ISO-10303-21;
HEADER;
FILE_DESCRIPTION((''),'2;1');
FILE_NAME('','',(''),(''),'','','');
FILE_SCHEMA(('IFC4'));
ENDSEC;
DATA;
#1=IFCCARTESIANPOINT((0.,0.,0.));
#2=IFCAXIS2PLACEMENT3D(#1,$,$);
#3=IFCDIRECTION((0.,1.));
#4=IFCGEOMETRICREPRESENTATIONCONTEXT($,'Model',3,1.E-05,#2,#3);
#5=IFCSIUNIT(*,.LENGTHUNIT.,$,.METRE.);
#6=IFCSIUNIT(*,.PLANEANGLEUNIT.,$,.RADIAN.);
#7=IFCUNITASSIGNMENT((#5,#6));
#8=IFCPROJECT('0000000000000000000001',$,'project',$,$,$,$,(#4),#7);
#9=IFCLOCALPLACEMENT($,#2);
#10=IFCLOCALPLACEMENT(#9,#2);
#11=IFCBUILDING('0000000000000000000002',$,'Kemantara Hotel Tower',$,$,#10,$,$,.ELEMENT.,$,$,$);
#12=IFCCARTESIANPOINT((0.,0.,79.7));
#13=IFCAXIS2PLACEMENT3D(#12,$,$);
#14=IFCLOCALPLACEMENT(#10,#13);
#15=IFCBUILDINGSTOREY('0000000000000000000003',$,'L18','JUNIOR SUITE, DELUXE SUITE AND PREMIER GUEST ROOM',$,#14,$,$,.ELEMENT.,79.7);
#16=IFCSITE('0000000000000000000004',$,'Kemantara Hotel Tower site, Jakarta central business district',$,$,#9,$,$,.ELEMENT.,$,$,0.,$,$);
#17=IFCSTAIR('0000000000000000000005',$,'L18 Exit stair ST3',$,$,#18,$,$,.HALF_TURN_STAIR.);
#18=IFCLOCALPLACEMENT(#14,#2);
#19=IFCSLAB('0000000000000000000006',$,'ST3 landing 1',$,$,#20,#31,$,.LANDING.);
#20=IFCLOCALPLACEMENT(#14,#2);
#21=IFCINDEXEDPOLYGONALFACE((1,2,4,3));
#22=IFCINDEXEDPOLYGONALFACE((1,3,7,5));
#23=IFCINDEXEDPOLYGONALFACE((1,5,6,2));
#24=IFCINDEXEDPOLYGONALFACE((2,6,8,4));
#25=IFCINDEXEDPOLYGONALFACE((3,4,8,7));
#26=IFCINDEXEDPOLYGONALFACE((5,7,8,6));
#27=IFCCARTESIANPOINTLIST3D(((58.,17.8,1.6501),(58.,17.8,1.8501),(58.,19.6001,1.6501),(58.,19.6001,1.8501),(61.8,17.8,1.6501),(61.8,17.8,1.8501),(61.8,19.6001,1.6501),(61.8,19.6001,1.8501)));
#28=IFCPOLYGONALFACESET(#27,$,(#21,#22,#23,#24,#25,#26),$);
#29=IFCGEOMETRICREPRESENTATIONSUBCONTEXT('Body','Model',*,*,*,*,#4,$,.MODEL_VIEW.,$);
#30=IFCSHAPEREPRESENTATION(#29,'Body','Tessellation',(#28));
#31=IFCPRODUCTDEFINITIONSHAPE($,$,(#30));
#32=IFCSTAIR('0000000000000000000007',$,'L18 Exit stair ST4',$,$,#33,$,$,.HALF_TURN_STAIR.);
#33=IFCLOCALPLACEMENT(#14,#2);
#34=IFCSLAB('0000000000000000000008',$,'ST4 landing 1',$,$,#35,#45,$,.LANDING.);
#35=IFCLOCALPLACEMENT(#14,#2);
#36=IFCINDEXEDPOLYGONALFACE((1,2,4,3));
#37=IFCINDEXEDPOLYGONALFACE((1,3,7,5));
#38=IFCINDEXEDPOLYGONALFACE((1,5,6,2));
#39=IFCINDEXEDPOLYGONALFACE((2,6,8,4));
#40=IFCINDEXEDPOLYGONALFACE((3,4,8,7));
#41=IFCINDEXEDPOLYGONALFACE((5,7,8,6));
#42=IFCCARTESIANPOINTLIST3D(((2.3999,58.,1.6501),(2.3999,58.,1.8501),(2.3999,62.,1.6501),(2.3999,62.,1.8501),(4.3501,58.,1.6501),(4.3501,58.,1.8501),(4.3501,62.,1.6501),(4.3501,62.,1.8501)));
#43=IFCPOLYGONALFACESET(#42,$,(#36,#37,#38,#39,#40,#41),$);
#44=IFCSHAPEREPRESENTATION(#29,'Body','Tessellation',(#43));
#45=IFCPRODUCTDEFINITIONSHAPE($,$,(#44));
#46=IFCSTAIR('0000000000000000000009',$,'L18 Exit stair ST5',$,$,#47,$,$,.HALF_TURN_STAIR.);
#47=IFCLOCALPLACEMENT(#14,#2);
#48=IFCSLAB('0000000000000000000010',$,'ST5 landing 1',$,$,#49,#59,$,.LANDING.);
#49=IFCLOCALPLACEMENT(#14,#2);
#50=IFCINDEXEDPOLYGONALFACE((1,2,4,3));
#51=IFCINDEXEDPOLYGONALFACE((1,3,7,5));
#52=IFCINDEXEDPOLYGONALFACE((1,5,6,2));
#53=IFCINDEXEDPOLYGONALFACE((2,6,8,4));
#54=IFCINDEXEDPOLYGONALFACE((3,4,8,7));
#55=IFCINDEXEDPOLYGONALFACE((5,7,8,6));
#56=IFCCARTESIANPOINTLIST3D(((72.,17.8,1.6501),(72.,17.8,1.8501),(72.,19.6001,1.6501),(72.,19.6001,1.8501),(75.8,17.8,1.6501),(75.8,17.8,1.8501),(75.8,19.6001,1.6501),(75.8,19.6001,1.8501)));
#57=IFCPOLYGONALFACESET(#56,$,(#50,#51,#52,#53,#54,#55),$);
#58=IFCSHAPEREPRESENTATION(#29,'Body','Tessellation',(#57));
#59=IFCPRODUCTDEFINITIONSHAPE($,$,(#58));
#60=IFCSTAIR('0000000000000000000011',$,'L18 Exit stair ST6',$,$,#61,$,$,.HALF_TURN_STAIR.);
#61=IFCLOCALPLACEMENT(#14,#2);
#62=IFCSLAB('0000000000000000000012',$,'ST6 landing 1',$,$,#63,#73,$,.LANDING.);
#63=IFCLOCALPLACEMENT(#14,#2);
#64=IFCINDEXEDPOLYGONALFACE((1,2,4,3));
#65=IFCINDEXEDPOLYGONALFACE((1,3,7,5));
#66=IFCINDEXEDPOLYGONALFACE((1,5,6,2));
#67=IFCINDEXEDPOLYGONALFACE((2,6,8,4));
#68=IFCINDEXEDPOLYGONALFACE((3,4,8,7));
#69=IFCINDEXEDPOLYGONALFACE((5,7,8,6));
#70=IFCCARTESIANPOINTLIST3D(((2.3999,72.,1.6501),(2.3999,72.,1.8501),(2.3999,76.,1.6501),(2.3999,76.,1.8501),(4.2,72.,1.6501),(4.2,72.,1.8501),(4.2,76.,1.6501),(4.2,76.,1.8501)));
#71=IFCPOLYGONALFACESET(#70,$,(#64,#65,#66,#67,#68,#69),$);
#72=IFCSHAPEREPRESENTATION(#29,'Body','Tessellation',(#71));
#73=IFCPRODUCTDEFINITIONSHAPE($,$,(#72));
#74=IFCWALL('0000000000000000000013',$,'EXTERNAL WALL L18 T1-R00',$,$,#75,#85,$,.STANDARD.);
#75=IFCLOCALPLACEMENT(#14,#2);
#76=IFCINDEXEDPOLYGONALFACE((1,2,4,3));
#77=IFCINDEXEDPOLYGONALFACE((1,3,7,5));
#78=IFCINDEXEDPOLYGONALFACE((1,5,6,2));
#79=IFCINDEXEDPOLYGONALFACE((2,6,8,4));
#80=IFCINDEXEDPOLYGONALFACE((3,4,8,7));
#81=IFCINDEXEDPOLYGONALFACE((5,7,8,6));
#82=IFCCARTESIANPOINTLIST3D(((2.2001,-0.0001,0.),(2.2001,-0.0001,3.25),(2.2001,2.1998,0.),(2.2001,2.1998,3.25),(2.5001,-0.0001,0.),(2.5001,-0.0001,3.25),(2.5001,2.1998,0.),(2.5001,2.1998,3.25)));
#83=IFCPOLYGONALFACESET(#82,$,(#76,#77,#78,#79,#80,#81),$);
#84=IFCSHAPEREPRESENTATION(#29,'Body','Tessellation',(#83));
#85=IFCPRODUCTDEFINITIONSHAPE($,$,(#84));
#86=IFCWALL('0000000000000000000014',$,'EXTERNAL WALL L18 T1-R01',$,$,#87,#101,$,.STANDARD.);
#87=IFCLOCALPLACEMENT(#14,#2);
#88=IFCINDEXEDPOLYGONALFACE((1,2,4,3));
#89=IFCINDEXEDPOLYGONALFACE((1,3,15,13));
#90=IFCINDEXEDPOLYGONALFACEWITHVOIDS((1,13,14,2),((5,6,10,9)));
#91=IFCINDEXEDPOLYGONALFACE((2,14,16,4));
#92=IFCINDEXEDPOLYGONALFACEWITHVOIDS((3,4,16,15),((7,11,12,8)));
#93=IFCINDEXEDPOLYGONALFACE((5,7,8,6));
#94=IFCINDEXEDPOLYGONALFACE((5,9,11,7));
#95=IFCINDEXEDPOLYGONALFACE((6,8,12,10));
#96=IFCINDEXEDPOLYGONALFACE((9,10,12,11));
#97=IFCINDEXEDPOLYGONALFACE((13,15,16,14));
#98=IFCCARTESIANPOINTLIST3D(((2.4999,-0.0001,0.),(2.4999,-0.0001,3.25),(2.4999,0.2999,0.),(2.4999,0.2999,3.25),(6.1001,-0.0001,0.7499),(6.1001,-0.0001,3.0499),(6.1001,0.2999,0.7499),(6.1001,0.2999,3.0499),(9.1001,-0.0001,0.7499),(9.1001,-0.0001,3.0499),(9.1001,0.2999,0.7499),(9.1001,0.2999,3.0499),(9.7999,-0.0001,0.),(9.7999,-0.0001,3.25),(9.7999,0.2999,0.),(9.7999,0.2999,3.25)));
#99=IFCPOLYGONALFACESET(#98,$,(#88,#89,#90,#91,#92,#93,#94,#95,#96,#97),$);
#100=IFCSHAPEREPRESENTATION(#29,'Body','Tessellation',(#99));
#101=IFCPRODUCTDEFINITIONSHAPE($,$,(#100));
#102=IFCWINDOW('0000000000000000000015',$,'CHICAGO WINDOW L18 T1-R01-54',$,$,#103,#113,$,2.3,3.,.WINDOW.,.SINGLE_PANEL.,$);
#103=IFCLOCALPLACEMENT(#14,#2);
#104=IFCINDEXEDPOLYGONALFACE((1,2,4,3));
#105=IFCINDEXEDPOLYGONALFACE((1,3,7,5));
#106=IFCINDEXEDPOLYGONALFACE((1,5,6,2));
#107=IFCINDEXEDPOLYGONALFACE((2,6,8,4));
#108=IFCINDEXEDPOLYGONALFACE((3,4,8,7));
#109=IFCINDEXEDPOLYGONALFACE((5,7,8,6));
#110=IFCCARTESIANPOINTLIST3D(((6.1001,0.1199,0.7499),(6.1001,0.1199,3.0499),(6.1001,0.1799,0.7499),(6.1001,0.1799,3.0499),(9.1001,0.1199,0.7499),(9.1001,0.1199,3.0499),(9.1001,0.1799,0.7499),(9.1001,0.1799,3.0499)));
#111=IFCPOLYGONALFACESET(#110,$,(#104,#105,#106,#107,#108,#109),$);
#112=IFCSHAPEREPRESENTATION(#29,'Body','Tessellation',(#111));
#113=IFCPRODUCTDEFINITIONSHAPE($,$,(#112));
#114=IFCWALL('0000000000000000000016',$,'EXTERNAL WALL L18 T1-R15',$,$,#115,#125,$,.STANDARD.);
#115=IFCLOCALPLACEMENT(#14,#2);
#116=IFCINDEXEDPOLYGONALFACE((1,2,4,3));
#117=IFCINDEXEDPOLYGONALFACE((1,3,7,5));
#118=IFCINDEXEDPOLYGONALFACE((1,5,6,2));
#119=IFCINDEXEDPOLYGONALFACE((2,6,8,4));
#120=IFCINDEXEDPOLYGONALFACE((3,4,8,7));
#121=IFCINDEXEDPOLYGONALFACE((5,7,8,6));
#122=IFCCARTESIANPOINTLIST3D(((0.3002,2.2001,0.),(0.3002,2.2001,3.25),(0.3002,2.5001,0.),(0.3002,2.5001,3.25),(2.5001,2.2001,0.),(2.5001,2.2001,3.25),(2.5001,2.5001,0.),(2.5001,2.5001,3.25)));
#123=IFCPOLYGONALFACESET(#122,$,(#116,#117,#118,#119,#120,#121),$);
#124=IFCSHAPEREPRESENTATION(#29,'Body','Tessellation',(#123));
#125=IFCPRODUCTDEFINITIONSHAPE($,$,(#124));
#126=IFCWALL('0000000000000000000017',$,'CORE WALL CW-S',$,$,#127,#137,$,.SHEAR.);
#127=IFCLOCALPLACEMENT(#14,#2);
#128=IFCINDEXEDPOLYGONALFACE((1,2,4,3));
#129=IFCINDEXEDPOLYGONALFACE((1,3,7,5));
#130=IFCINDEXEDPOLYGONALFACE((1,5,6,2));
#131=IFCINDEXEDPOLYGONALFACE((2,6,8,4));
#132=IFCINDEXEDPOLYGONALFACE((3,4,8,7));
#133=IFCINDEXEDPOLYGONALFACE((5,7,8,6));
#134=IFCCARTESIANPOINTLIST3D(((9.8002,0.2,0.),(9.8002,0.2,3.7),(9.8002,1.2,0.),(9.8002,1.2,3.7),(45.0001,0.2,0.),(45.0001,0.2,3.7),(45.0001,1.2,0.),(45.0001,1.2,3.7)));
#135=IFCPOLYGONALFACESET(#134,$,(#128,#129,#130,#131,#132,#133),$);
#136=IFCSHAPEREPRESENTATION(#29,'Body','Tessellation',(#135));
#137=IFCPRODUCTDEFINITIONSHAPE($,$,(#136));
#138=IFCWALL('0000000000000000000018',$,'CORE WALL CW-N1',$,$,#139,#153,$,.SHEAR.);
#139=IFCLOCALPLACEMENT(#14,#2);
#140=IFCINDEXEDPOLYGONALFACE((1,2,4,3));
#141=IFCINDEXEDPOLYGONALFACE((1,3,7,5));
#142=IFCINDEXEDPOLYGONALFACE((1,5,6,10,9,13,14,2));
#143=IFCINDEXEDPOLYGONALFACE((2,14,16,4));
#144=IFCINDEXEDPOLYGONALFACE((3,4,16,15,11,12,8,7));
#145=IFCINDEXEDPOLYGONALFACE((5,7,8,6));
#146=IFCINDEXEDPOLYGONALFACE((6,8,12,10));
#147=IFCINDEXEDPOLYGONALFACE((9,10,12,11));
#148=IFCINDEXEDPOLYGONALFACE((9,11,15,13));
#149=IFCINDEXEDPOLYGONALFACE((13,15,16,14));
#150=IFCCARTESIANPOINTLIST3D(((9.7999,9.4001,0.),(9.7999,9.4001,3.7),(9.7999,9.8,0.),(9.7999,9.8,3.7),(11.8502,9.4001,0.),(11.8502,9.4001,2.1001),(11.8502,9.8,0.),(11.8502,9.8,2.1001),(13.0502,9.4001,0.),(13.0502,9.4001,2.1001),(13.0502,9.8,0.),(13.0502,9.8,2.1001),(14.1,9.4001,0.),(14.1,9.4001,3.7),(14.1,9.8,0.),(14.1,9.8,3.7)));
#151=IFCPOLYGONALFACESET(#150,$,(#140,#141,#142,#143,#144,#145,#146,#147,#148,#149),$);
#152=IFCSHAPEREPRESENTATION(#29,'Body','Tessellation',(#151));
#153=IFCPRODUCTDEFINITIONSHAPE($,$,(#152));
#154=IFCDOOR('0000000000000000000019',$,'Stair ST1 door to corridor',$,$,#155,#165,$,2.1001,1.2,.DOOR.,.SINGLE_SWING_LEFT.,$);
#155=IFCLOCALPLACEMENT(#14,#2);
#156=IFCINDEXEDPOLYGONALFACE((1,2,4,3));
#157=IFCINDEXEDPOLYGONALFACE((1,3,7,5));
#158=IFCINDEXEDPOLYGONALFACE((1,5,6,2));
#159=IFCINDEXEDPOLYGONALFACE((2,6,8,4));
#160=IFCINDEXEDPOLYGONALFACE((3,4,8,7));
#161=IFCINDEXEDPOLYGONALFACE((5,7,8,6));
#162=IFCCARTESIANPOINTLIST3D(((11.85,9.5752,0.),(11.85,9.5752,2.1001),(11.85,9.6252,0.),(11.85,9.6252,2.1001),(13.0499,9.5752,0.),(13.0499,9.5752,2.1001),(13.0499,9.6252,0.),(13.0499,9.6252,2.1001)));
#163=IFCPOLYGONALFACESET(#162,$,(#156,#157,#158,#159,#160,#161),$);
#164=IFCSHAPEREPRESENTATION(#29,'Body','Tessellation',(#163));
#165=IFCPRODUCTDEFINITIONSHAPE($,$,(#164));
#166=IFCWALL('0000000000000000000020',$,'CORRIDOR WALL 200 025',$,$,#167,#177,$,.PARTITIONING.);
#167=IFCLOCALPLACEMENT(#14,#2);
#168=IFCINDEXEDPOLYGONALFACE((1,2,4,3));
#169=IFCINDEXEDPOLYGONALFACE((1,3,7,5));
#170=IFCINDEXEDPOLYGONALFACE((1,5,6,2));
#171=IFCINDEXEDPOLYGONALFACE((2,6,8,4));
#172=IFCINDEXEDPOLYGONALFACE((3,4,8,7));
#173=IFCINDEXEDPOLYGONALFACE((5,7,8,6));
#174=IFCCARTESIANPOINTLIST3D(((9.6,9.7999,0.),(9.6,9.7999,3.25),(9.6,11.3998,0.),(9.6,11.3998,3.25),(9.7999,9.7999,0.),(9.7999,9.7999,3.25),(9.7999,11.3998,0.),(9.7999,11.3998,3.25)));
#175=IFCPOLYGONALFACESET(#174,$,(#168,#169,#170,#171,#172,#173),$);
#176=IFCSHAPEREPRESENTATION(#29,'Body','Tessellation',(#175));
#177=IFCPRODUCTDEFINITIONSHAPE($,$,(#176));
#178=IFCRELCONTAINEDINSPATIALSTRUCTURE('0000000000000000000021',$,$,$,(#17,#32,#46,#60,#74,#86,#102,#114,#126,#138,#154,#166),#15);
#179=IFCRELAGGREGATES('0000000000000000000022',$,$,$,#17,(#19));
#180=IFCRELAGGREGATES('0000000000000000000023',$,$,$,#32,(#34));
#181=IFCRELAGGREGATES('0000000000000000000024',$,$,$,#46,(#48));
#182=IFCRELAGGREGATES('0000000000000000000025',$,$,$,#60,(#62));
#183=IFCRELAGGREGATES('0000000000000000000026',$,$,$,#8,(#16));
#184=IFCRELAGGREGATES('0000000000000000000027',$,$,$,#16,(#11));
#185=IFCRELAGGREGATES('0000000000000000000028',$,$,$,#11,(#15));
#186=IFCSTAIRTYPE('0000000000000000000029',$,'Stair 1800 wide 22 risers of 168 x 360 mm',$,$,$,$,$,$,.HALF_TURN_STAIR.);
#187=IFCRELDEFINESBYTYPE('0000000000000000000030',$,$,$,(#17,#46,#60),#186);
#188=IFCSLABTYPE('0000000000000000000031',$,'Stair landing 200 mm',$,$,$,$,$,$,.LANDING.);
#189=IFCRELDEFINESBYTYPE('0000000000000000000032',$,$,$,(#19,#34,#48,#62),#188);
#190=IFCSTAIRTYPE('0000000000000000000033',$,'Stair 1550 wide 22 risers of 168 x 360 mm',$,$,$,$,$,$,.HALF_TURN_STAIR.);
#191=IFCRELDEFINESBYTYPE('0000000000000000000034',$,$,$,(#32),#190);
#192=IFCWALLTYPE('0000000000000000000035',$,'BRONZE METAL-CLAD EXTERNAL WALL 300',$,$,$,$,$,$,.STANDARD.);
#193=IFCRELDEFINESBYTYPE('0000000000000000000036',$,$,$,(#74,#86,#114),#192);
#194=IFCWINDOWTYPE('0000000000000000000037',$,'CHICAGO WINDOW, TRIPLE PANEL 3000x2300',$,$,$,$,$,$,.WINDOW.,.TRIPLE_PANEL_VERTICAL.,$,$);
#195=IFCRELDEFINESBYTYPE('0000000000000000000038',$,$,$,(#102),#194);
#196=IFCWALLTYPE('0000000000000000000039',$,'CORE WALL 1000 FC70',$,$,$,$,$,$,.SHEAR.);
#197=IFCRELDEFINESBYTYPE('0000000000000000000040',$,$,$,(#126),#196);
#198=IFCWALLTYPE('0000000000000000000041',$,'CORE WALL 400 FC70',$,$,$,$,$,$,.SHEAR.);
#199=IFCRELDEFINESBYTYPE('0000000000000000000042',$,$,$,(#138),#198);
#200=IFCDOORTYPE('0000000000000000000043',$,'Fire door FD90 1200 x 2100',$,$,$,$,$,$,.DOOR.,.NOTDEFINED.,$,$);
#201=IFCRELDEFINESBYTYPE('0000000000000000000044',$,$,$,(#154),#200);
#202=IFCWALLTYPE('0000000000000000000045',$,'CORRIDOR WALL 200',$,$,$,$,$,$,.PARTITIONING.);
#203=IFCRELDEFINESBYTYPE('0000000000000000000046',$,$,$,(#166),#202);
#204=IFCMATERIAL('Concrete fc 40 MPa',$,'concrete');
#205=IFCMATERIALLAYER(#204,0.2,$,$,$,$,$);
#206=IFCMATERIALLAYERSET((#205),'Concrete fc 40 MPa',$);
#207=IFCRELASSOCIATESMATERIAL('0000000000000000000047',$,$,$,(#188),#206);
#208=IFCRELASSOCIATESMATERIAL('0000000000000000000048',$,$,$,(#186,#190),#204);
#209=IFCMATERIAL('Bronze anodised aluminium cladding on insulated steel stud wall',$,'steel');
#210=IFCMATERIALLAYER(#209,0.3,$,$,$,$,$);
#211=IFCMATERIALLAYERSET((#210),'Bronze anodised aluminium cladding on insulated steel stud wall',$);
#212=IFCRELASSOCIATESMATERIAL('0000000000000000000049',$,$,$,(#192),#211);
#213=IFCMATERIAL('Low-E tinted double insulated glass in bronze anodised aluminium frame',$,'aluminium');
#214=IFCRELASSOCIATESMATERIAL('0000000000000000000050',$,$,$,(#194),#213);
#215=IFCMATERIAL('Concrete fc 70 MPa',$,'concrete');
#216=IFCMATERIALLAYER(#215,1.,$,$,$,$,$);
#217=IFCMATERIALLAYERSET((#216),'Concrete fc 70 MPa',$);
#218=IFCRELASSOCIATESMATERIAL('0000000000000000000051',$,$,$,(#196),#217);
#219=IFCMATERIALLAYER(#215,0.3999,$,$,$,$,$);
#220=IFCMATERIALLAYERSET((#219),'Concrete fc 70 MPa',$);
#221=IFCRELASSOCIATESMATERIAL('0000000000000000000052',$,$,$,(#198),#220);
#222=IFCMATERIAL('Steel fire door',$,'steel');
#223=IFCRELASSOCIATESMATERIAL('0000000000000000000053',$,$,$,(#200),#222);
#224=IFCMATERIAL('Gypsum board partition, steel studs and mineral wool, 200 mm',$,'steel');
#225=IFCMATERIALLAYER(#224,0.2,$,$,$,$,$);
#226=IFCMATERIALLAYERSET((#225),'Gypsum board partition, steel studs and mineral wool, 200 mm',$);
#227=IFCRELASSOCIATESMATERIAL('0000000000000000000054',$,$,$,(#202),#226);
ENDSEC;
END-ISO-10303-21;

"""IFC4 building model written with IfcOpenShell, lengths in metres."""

from ifc_helpers import new_model, si_unit, direction, frame, frame_2d, origin, place, context, subcontext, project, spatial, polyline, rectangle, outline, extrude, material, layer, layer_set, type_object, element, fill, aggregate, save


model = new_model("IFC4")

# Units and contexts
model_context = context("Model", 3, precision=1e-05, world=origin(), true_north=direction((0.0, 1.0)))
body_context = subcontext(model_context, "Body", "Model", "MODEL_VIEW")
ifc_project = project(units=[si_unit("LENGTHUNIT", "METRE"), si_unit("PLANEANGLEUNIT", "RADIAN")], contexts=[model_context])

# Site, building, storey
site_placement = place(None, origin())
site = spatial("IfcSite", under=ifc_project, at=site_placement, Name="Kemantara Hotel Tower site, Jakarta central business district", CompositionType="ELEMENT", RefElevation=0.0)
building_placement = place(site_placement, origin())
building = spatial("IfcBuilding", under=site, at=building_placement, Name="Kemantara Hotel Tower", CompositionType="ELEMENT")
storey_placement = place(building_placement, frame((0.0, 0.0, 79.7)))
storey = spatial("IfcBuildingStorey", under=building, at=storey_placement, Name="L18", Description="JUNIOR SUITE, DELUXE SUITE AND PREMIER GUEST ROOM", CompositionType="ELEMENT", Elevation=79.7)

# Shared definitions
ifc_material_1 = material(Name="Concrete fc 70 MPa", Category="concrete")

# Shared definitions
ifc_material_2 = material(Name="Concrete fc 40 MPa", Category="concrete")

# Stairs, slabs
ifc_layer_1 = layer(ifc_material_2, 0.2)
ifc_layer_set_1 = layer_set([ifc_layer_1], Name="Concrete fc 40 MPa")
slab_type_1 = type_object("IfcSlabType", Name="Stair landing 200 mm", PredefinedType="LANDING", material=ifc_layer_set_1)
stair_type_1 = type_object("IfcStairType", Name="Stair 1800 wide 22 risers of 168 x 360 mm", PredefinedType="HALF_TURN_STAIR", material=ifc_material_2)
stair_1_placement = place(storey_placement, origin())
stair_1 = element("IfcStair", 1, at=stair_1_placement, inside=storey, type_object=stair_type_1, Name="L18 Exit stair ST3", PredefinedType="HALF_TURN_STAIR")
slab_1_placement = place(storey_placement, frame((0.0, 0.0, 1.6501)))
slab_1 = element("IfcSlab", 2, at=slab_1_placement, type_object=slab_type_1, Name="ST3 landing 1", PredefinedType="LANDING", context=body_context, shape_type="SweptSolid", body=[
    extrude(outline(polyline([(61.8, 17.8), (61.8, 19.6001), (58.0, 19.6001), (58.0, 17.8), (61.8, 17.8)])), origin(), (0.0, 0.0, 1.0), 0.2),
])
aggregate(stair_1, [slab_1])
stair_type_2 = type_object("IfcStairType", Name="Stair 1550 wide 22 risers of 168 x 360 mm", PredefinedType="HALF_TURN_STAIR", material=ifc_material_2)
stair_2_placement = place(storey_placement, origin())
stair_2 = element("IfcStair", 3, at=stair_2_placement, inside=storey, type_object=stair_type_2, Name="L18 Exit stair ST4", PredefinedType="HALF_TURN_STAIR")
slab_2_placement = place(storey_placement, frame((0.0, 0.0, 1.6501)))
slab_2 = element("IfcSlab", 4, at=slab_2_placement, type_object=slab_type_1, Name="ST4 landing 1", PredefinedType="LANDING", context=body_context, shape_type="SweptSolid", body=[
    extrude(outline(polyline([(4.3501, 62.0), (2.3999, 62.0), (2.3999, 58.0), (4.3501, 58.0), (4.3501, 62.0)])), origin(), (0.0, 0.0, 1.0), 0.2),
])
aggregate(stair_2, [slab_2])
stair_3_placement = place(storey_placement, origin())
stair_3 = element("IfcStair", 5, at=stair_3_placement, inside=storey, type_object=stair_type_1, Name="L18 Exit stair ST5", PredefinedType="HALF_TURN_STAIR")
slab_3_placement = place(storey_placement, frame((0.0, 0.0, 1.6501)))
slab_3 = element("IfcSlab", 6, at=slab_3_placement, type_object=slab_type_1, Name="ST5 landing 1", PredefinedType="LANDING", context=body_context, shape_type="SweptSolid", body=[
    extrude(outline(polyline([(75.8, 17.8), (75.8, 19.6001), (72.0, 19.6001), (72.0, 17.8), (75.8, 17.8)])), origin(), (0.0, 0.0, 1.0), 0.2),
])
aggregate(stair_3, [slab_3])
stair_4_placement = place(storey_placement, origin())
stair_4 = element("IfcStair", 7, at=stair_4_placement, inside=storey, type_object=stair_type_1, Name="L18 Exit stair ST6", PredefinedType="HALF_TURN_STAIR")
slab_4_placement = place(storey_placement, frame((0.0, 0.0, 1.6501)))
slab_4 = element("IfcSlab", 8, at=slab_4_placement, type_object=slab_type_1, Name="ST6 landing 1", PredefinedType="LANDING", context=body_context, shape_type="SweptSolid", body=[
    extrude(outline(polyline([(4.2, 76.0), (2.3999, 76.0), (2.3999, 72.0), (4.2, 72.0), (4.2, 76.0)])), origin(), (0.0, 0.0, 1.0), 0.2),
])
aggregate(stair_4, [slab_4])

# Wall
ifc_material_3 = material(Name="Bronze anodised aluminium cladding on insulated steel stud wall", Category="steel")
ifc_layer_2 = layer(ifc_material_3, 0.3)
ifc_layer_set_2 = layer_set([ifc_layer_2], Name="Bronze anodised aluminium cladding on insulated steel stud wall")
wall_type_1 = type_object("IfcWallType", Name="BRONZE METAL-CLAD EXTERNAL WALL 300", PredefinedType="STANDARD", material=ifc_layer_set_2)
wall_1_placement = place(storey_placement, frame((2.3501, 2.2, 0.0), z_axis=(0.0, 0.0, 1.0), x_axis=(0.0, -1.0, 0.0)))
element("IfcWall", 9, at=wall_1_placement, inside=storey, type_object=wall_type_1, Name="EXTERNAL WALL L18 T1-R00", PredefinedType="STANDARD", context=body_context, shape_type="SweptSolid", body=[
    extrude(rectangle(XDim=2.2, YDim=0.3, at=frame_2d((1.1001, 0.0))), origin(), (0.0, 0.0, 1.0), 3.25),
])

# Wall, opening, window
wall_2_placement = place(storey_placement, frame((2.5, 0.1499, 0.0), z_axis=(0.0, 0.0, 1.0), x_axis=(1.0, 0.0, 0.0)))
wall_2 = element("IfcWall", 10, at=wall_2_placement, inside=storey, type_object=wall_type_1, Name="EXTERNAL WALL L18 T1-R01", PredefinedType="STANDARD", context=body_context, shape_type="SweptSolid", body=[
    extrude(rectangle(XDim=7.3, YDim=0.3, at=frame_2d((3.6499, 0.0))), origin(), (0.0, 0.0, 1.0), 3.25),
])
opening_1_placement = place(wall_2_placement, frame((3.6001, 0.0, 0.75)))
opening_1 = element("IfcOpeningElement", 11, at=opening_1_placement, cuts=wall_2, PredefinedType="OPENING", context=body_context, shape_type="SweptSolid", body=[
    extrude(rectangle(XDim=3.0, YDim=2.3, at=frame_2d((1.5, 1.1499))), frame((0.0, 0.1599, 0.0), z_axis=(0.0, -1.0, 0.0), x_axis=(1.0, 0.0, 0.0)), (0.0, 0.0, 1.0), 0.3201),
])
ifc_material_4 = material(Name="Low-E tinted double insulated glass in bronze anodised aluminium frame", Category="aluminium")
window_type = type_object("IfcWindowType", Name="CHICAGO WINDOW, TRIPLE PANEL 3000x2300", PartitioningType="TRIPLE_PANEL_VERTICAL", PredefinedType="WINDOW", material=ifc_material_4)
window_placement = place(opening_1_placement, origin())
window = element("IfcWindow", 12, at=window_placement, inside=storey, type_object=window_type, Name="CHICAGO WINDOW L18 T1-R01-54", OverallHeight=2.3, OverallWidth=3.0, PartitioningType="SINGLE_PANEL", PredefinedType="WINDOW", context=body_context, shape_type="SweptSolid", body=[
    extrude(rectangle(XDim=3.0, YDim=2.3, at=frame_2d((1.5, 1.1499))), frame((0.0, 0.03, 0.0), z_axis=(0.0, -1.0, 0.0), x_axis=(1.0, 0.0, 0.0)), (0.0, 0.0, 1.0), 0.0601),
])
fill(opening_1, window)

# Walls
wall_3_placement = place(storey_placement, frame((0.3, 2.3501, 0.0), z_axis=(0.0, 0.0, 1.0), x_axis=(1.0, 0.0, 0.0)))
element("IfcWall", 13, at=wall_3_placement, inside=storey, type_object=wall_type_1, Name="EXTERNAL WALL L18 T1-R15", PredefinedType="STANDARD", context=body_context, shape_type="SweptSolid", body=[
    extrude(rectangle(XDim=2.2, YDim=0.3, at=frame_2d((1.1001, 0.0))), origin(), (0.0, 0.0, 1.0), 3.25),
])
ifc_layer_3 = layer(ifc_material_1, 1.0)
ifc_layer_set_3 = layer_set([ifc_layer_3], Name="Concrete fc 70 MPa")
wall_type_2 = type_object("IfcWallType", Name="CORE WALL 1000 FC70", PredefinedType="SHEAR", material=ifc_layer_set_3)
wall_4_placement = place(storey_placement, frame((9.8, 0.7, 0.0), z_axis=(0.0, 0.0, 1.0), x_axis=(1.0, 0.0, 0.0)))
element("IfcWall", 14, at=wall_4_placement, inside=storey, type_object=wall_type_2, Name="CORE WALL CW-S", PredefinedType="SHEAR", context=body_context, shape_type="SweptSolid", body=[
    extrude(rectangle(XDim=35.2, YDim=1.0, at=frame_2d((17.6001, 0.0))), origin(), (0.0, 0.0, 1.0), 3.7),
])

# Wall, opening, door
ifc_layer_4 = layer(ifc_material_1, 0.3999)
ifc_layer_set_4 = layer_set([ifc_layer_4], Name="Concrete fc 70 MPa")
wall_type_3 = type_object("IfcWallType", Name="CORE WALL 400 FC70", PredefinedType="SHEAR", material=ifc_layer_set_4)
wall_5_placement = place(storey_placement, frame((9.8, 9.6001, 0.0), z_axis=(0.0, 0.0, 1.0), x_axis=(1.0, 0.0, 0.0)))
wall_5 = element("IfcWall", 15, at=wall_5_placement, inside=storey, type_object=wall_type_3, Name="CORE WALL CW-N1", PredefinedType="SHEAR", context=body_context, shape_type="SweptSolid", body=[
    extrude(rectangle(XDim=4.3, YDim=0.3999, at=frame_2d((2.1499, 0.0))), origin(), (0.0, 0.0, 1.0), 3.7),
])
opening_2_placement = place(wall_5_placement, frame((2.05, 0.0, 0.0)))
opening_2 = element("IfcOpeningElement", 16, at=opening_2_placement, cuts=wall_5, PredefinedType="OPENING", context=body_context, shape_type="SweptSolid", body=[
    extrude(rectangle(XDim=1.2, YDim=2.1001, at=frame_2d((0.6001, 1.05))), frame((0.0, 0.21, 0.0), z_axis=(0.0, -1.0, 0.0), x_axis=(1.0, 0.0, 0.0)), (0.0, 0.0, 1.0), 0.4199),
])
ifc_material_5 = material(Name="Steel fire door", Category="steel")
door_type_1 = type_object("IfcDoorType", Name="Fire door FD90 1200 x 2100", OperationType="NOTDEFINED", PredefinedType="DOOR", material=ifc_material_5)
door_1_placement = place(opening_2_placement, frame((1.2, 0.0, 0.0), z_axis=(0.0, 0.0, 1.0), x_axis=(-1.0, 0.0, 0.0)))
door_1 = element("IfcDoor", 17, at=door_1_placement, inside=storey, type_object=door_type_1, Name="Stair ST1 door to corridor", OperationType="SINGLE_SWING_LEFT", OverallHeight=2.1001, OverallWidth=1.2, PredefinedType="DOOR", context=body_context, shape_type="SweptSolid", body=[
    extrude(rectangle(XDim=1.2, YDim=2.1001, at=frame_2d((0.6001, 1.05))), frame((0.0, 0.0249, 0.0), z_axis=(0.0, -1.0, 0.0), x_axis=(1.0, 0.0, 0.0)), (0.0, 0.0, 1.0), 0.05),
])
fill(opening_2, door_1)

# Wall
ifc_material_6 = material(Name="Gypsum board partition, steel studs and mineral wool, 200 mm", Category="steel")
ifc_layer_5 = layer(ifc_material_6, 0.2)
ifc_layer_set_5 = layer_set([ifc_layer_5], Name="Gypsum board partition, steel studs and mineral wool, 200 mm")
wall_type_4 = type_object("IfcWallType", Name="CORRIDOR WALL 200", PredefinedType="PARTITIONING", material=ifc_layer_set_5)
wall_6_placement = place(storey_placement, frame((9.7, 9.8, 0.0), z_axis=(0.0, 0.0, 1.0), x_axis=(0.0, 1.0, 0.0)))
element("IfcWall", 18, at=wall_6_placement, inside=storey, type_object=wall_type_4, Name="CORRIDOR WALL 200 025", PredefinedType="PARTITIONING", context=body_context, shape_type="SweptSolid", body=[
    extrude(rectangle(XDim=1.5999, YDim=0.2, at=frame_2d((0.7998, 0.0))), origin(), (0.0, 0.0, 1.0), 3.25),
])

save(model, "model.ifc")
